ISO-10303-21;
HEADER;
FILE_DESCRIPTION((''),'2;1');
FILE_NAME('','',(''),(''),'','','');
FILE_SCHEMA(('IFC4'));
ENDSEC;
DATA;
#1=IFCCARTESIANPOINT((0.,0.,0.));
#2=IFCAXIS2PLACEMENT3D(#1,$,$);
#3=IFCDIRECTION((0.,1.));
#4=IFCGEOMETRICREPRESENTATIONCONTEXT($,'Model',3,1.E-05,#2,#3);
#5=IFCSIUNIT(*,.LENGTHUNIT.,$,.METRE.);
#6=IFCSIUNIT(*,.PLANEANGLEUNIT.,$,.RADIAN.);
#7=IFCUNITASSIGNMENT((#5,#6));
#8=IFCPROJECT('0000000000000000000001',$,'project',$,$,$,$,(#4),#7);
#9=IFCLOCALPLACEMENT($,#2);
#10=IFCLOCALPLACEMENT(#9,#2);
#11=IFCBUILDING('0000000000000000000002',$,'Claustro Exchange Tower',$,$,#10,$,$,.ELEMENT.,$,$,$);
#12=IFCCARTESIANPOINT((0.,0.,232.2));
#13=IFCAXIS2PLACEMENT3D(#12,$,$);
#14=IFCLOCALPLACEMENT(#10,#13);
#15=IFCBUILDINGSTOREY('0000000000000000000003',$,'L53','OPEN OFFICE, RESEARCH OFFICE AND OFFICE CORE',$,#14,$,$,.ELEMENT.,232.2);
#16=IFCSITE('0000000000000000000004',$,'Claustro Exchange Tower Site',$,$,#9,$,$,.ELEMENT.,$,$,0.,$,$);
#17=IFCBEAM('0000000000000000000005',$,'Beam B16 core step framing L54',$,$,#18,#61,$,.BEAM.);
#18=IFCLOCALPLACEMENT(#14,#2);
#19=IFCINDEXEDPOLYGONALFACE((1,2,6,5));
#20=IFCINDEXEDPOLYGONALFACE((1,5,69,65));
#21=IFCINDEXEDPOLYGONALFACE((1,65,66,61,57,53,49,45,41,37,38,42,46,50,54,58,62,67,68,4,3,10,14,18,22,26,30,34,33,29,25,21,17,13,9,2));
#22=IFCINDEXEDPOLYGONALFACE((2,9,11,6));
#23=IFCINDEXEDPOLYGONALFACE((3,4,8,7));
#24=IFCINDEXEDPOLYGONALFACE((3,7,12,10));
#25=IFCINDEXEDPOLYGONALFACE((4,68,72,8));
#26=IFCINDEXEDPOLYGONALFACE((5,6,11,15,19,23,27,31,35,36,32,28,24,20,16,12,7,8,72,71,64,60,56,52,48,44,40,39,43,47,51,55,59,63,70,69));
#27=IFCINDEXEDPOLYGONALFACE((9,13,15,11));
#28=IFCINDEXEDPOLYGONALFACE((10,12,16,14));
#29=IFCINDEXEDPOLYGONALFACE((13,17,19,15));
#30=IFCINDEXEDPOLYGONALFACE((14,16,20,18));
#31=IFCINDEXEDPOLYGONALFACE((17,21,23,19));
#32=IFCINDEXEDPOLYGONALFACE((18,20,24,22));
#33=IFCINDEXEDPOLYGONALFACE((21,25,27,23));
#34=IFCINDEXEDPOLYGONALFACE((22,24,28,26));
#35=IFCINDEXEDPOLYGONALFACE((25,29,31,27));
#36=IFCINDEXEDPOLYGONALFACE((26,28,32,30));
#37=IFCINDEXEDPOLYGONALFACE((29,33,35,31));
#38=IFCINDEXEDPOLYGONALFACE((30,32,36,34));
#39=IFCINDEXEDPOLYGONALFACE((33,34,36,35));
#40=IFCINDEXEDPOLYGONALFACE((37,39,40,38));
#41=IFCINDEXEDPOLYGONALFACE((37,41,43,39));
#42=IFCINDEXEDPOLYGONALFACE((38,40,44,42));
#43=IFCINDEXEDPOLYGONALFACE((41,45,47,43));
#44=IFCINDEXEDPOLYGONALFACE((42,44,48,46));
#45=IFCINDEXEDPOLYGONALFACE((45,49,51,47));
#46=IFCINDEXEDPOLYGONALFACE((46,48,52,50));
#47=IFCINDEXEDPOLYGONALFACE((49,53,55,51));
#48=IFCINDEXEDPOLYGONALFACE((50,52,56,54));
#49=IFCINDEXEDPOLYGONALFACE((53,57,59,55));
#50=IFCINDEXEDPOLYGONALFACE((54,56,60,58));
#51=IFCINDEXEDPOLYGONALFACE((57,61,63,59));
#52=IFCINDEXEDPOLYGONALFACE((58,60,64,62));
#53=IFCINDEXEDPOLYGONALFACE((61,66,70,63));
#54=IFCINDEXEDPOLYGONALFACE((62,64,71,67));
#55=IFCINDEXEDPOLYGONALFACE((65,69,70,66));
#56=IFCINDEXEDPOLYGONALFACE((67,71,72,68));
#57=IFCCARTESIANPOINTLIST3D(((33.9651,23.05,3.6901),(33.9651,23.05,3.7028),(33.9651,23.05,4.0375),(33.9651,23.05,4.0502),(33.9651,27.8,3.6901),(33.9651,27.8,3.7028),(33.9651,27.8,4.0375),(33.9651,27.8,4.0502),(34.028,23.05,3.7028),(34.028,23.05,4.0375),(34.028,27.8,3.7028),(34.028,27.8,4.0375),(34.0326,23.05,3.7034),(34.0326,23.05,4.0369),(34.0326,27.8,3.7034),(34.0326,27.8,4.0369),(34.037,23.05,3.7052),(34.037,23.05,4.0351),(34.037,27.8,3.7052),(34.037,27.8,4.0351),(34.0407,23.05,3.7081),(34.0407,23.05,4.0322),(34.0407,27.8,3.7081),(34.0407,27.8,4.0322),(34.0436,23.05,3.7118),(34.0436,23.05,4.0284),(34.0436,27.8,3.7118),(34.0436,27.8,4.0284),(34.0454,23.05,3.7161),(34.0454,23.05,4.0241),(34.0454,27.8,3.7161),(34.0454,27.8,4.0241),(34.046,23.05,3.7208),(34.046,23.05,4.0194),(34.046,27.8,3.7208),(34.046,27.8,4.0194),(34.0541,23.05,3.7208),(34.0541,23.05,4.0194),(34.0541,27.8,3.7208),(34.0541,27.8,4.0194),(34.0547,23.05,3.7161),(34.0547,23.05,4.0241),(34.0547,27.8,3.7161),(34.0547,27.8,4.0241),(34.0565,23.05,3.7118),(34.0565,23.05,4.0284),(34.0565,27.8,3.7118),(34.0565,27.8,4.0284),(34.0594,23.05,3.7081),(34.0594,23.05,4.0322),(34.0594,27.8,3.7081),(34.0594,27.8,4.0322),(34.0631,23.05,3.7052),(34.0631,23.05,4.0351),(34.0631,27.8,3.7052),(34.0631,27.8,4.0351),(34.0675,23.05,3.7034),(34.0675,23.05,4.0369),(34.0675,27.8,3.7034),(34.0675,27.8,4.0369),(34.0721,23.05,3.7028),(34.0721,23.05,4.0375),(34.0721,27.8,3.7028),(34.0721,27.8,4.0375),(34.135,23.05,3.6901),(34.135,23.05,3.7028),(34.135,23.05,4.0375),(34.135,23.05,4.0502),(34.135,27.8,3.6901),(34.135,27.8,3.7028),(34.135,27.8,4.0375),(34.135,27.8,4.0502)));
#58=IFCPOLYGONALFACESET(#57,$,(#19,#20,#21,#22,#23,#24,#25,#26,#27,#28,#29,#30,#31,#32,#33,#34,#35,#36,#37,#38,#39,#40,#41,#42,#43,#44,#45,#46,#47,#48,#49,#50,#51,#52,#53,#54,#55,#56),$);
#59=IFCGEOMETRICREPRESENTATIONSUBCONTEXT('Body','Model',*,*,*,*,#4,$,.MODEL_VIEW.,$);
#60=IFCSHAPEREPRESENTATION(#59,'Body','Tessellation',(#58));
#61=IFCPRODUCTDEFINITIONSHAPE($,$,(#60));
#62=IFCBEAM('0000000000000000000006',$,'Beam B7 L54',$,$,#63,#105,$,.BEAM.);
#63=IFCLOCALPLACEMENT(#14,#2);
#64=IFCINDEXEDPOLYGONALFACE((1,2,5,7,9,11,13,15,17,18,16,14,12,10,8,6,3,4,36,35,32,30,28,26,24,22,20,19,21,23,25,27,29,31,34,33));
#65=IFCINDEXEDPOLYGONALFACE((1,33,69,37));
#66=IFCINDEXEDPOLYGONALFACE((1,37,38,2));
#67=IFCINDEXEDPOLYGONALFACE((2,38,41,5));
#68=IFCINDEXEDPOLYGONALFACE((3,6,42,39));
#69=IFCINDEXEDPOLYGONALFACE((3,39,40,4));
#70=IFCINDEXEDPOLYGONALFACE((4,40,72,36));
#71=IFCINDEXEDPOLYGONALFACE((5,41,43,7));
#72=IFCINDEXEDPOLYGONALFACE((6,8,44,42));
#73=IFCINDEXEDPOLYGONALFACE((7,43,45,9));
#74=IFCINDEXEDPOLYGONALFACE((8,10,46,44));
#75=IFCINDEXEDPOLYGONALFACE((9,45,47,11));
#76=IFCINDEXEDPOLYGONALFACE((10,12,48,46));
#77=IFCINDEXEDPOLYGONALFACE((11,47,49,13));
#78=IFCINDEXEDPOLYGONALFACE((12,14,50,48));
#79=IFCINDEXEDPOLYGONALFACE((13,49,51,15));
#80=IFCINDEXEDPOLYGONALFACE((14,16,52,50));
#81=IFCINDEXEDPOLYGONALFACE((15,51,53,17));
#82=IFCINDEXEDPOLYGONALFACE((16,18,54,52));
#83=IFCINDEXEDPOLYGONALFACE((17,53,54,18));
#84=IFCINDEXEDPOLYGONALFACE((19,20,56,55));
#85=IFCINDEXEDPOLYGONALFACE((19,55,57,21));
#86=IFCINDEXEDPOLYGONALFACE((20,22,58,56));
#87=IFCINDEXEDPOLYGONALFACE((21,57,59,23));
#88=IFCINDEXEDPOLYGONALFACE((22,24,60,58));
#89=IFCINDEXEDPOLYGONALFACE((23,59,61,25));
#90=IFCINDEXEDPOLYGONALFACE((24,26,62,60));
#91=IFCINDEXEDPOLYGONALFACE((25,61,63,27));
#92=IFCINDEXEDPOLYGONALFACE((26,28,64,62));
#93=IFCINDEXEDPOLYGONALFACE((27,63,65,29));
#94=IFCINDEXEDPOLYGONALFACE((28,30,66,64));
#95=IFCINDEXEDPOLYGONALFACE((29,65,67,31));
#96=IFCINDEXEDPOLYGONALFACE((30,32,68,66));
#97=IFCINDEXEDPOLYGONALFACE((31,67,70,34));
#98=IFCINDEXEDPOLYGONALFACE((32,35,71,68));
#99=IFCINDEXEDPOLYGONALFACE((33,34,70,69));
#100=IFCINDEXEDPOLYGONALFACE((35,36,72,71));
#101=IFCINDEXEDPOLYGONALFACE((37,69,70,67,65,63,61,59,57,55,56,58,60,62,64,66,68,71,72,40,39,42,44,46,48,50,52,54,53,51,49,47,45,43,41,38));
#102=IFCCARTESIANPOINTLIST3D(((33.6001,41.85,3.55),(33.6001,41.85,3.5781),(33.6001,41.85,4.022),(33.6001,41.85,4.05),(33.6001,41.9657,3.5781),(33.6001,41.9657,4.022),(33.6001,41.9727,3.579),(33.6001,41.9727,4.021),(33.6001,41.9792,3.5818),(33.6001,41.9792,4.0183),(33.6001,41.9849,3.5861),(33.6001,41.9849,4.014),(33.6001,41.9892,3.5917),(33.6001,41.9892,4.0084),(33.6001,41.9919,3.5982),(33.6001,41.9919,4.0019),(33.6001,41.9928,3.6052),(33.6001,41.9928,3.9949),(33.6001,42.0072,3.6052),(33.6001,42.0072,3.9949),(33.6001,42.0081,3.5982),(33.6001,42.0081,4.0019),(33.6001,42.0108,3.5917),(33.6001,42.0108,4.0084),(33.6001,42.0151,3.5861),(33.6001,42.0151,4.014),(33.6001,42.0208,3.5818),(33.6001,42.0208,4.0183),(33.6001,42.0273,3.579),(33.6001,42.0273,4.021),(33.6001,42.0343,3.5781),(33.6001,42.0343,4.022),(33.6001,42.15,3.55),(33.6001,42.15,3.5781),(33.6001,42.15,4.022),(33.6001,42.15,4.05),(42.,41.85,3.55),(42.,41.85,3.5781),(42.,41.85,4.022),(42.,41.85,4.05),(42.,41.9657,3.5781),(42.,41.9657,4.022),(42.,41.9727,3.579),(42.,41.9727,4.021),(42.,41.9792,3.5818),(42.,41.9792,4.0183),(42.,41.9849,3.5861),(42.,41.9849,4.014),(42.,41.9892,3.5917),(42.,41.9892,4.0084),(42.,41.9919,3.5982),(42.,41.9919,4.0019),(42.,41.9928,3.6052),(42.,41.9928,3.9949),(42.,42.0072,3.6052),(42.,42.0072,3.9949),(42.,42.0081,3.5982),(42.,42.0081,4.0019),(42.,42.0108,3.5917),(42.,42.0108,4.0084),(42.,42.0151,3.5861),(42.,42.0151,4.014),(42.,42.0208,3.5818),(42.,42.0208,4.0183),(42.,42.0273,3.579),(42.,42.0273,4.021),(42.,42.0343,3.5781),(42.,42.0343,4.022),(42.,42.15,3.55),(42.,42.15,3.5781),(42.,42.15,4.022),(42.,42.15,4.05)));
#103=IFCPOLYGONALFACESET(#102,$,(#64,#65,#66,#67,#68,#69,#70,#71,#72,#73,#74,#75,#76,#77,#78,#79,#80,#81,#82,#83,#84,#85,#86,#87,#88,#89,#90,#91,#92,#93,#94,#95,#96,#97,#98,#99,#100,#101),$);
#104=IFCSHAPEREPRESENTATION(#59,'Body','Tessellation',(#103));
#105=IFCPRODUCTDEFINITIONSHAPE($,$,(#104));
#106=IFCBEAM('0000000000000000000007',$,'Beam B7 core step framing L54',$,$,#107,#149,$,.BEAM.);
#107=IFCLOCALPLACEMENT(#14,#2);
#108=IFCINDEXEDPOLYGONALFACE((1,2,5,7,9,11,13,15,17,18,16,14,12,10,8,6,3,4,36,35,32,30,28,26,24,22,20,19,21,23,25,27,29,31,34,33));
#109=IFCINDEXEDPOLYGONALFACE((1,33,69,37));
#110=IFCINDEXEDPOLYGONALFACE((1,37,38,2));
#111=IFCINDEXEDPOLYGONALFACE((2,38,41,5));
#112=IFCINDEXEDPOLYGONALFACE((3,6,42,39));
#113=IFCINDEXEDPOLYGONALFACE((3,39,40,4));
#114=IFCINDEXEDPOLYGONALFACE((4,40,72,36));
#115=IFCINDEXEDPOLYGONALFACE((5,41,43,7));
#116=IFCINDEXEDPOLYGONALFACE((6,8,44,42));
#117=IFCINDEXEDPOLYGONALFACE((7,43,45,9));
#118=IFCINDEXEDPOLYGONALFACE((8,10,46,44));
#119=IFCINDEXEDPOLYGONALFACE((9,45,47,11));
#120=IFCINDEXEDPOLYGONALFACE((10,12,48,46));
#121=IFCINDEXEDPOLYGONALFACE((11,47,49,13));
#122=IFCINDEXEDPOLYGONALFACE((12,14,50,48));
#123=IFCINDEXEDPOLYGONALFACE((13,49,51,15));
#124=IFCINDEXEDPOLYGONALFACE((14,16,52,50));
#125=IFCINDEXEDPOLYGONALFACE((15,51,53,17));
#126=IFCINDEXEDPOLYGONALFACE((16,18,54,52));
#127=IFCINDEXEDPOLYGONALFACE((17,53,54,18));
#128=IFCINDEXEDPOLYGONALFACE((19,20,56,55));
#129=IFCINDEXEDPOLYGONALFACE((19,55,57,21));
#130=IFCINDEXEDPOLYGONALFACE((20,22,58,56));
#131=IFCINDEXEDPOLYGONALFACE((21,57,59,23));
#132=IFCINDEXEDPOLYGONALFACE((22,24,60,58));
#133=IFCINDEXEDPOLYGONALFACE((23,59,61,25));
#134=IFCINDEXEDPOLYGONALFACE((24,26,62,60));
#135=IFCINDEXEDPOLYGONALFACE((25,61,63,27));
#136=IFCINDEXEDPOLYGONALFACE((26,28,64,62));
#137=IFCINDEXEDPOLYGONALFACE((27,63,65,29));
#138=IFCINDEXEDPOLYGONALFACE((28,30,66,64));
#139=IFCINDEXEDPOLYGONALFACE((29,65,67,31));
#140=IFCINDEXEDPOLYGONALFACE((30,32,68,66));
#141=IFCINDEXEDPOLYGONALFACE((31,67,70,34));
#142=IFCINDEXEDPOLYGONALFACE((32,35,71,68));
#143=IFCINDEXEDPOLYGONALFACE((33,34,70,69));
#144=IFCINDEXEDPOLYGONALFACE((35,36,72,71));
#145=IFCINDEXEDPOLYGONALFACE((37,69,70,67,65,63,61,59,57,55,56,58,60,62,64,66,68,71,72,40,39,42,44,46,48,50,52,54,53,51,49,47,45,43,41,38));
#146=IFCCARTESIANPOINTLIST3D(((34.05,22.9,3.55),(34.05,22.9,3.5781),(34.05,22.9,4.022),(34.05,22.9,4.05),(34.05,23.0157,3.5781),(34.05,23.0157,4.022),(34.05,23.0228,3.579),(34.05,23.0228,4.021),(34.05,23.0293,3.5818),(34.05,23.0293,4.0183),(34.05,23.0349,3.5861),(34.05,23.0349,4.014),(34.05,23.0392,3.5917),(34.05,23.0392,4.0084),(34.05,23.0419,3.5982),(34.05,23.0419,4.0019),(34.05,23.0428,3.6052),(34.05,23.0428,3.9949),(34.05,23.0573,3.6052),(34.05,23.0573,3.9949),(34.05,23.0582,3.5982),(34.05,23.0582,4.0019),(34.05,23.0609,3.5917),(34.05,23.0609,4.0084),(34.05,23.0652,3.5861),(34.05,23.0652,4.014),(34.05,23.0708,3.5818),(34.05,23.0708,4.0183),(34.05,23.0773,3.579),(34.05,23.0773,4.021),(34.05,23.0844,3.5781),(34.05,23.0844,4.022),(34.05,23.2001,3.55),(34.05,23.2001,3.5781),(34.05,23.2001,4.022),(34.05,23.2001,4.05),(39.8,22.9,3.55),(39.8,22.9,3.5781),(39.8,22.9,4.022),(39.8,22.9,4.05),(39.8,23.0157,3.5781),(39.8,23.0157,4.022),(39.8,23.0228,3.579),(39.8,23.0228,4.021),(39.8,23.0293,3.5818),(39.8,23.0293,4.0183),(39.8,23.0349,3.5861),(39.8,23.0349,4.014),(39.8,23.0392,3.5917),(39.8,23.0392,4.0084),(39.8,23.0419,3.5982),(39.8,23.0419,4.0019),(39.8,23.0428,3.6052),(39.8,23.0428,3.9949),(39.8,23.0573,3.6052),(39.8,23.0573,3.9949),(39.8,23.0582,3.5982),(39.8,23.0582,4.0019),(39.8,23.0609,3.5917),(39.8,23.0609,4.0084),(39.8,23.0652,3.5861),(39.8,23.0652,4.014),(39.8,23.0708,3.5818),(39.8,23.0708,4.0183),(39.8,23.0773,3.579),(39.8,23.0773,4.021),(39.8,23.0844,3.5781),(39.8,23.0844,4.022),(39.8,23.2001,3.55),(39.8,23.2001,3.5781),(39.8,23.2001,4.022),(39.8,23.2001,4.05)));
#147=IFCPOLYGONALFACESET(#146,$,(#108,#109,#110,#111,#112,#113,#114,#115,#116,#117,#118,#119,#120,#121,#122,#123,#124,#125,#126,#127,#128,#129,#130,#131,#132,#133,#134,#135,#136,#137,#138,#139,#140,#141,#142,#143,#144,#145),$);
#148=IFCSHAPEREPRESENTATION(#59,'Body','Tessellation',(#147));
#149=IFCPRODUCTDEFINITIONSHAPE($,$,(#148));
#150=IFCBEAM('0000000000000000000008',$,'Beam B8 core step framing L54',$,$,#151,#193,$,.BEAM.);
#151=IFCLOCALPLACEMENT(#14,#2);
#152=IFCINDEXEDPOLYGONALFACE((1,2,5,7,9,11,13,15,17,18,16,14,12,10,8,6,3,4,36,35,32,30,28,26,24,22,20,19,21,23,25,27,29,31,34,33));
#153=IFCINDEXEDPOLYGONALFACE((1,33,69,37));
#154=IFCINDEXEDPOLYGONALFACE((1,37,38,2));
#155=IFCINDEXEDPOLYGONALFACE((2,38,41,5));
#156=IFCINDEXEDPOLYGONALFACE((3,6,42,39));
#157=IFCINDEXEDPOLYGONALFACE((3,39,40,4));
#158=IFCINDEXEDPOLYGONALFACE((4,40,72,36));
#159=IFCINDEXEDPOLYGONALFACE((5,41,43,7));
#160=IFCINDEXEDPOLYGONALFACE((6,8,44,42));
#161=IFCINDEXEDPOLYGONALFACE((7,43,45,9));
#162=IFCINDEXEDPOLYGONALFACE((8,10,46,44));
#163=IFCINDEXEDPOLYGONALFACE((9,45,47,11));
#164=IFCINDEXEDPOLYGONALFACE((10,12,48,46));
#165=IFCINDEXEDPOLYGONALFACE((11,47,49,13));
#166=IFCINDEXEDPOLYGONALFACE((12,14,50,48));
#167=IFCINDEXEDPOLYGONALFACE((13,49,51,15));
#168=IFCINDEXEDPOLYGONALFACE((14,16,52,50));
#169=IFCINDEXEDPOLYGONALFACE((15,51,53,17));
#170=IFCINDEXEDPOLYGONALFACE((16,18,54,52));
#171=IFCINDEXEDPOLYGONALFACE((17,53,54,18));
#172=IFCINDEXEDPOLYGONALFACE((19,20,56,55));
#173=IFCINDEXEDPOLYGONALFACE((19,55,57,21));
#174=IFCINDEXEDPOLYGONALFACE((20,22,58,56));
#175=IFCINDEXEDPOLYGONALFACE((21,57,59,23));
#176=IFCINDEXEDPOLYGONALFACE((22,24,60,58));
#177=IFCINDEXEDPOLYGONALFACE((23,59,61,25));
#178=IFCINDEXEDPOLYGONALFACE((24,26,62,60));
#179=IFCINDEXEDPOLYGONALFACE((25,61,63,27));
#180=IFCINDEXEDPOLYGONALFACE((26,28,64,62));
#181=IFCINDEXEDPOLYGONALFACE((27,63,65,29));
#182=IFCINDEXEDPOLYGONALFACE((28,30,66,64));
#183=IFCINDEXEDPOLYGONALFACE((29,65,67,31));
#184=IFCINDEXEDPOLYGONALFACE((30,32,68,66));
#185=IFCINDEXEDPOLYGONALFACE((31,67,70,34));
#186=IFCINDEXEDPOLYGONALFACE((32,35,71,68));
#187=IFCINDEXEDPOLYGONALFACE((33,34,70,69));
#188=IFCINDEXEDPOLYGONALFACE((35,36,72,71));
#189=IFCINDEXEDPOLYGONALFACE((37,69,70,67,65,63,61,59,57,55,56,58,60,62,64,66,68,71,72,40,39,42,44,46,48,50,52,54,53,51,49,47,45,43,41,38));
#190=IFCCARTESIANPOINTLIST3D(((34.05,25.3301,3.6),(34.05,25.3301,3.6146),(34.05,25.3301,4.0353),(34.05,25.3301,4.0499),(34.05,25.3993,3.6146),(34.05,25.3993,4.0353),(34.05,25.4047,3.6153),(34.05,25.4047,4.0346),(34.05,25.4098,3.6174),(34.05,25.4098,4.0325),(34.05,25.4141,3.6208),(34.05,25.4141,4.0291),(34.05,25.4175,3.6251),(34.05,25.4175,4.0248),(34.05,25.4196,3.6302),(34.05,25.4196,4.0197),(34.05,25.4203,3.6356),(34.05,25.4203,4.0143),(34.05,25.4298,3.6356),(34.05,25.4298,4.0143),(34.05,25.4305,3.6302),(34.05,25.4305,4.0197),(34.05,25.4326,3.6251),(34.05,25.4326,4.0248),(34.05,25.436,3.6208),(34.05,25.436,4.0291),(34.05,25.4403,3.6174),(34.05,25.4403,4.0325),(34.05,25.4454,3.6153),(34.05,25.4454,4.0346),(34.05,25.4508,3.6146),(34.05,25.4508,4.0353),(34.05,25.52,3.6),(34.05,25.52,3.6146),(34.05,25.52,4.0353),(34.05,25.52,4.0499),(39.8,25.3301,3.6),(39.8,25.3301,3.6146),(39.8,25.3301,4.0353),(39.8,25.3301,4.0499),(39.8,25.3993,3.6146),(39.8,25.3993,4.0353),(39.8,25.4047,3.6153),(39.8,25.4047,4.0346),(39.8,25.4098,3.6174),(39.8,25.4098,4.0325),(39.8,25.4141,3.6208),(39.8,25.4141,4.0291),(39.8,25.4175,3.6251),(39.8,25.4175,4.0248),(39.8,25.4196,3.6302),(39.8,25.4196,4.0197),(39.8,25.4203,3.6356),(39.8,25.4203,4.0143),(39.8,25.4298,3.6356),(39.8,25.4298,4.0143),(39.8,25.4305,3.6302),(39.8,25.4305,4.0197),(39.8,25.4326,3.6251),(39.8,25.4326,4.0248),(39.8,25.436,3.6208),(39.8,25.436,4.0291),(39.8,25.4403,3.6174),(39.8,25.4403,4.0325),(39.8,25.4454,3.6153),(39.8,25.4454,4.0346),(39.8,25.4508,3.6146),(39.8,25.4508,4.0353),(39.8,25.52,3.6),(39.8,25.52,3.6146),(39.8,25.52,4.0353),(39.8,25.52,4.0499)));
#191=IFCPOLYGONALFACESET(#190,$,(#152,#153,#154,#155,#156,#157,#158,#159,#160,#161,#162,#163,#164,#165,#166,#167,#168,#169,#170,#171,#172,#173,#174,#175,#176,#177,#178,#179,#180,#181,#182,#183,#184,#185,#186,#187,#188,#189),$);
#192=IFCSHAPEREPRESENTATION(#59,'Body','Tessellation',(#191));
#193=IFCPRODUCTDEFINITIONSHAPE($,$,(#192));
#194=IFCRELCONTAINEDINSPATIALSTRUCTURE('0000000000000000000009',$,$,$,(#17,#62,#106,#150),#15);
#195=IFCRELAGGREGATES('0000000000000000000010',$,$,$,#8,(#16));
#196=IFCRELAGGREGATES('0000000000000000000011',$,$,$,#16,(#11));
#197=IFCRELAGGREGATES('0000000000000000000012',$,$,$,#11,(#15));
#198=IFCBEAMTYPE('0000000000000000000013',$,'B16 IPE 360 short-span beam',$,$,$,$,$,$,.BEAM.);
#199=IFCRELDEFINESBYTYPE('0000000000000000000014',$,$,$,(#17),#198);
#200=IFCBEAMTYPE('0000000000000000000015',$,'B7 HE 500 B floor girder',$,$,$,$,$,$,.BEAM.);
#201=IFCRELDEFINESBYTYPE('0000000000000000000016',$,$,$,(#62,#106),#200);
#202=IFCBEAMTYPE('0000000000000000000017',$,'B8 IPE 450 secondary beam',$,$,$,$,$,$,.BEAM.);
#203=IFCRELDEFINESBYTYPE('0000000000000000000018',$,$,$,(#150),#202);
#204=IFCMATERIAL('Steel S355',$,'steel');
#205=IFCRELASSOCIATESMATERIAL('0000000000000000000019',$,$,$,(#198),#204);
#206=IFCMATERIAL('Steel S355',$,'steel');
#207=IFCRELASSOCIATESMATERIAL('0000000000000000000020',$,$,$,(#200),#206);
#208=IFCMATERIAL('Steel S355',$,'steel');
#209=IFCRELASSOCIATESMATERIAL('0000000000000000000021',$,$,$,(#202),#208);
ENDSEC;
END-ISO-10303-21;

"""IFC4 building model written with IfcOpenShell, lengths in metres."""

from ifc_helpers import new_model, si_unit, direction, frame, origin, origin_2d, place, context, subcontext, project, spatial, i_section, extrude, material, material_profile, profile_set, type_object, element, save


model = new_model("IFC4")

# Units and contexts
model_context = context("Model", 3, precision=1e-05, world=origin(), true_north=direction((0.0, 1.0)))
body_context = subcontext(model_context, "Body", "Model", "MODEL_VIEW")
ifc_project = project(units=[si_unit("LENGTHUNIT", "METRE"), si_unit("PLANEANGLEUNIT", "RADIAN")], contexts=[model_context])

# Site, building, storey
site_placement = place(None, origin())
site = spatial("IfcSite", under=ifc_project, at=site_placement, Name="Claustro Exchange Tower Site", CompositionType="ELEMENT", RefElevation=0.0)
building_placement = place(site_placement, origin())
building = spatial("IfcBuilding", under=site, at=building_placement, Name="Claustro Exchange Tower", CompositionType="ELEMENT")
storey_placement = place(building_placement, frame((0.0, 0.0, 232.2)))
storey = spatial("IfcBuildingStorey", under=building, at=storey_placement, Name="L53", Description="OPEN OFFICE, RESEARCH OFFICE AND OFFICE CORE", CompositionType="ELEMENT", Elevation=232.2)

# Beams
ifc_material_1 = material(Name="Steel S355", Category="steel")
ifc_material_profile_1 = material_profile(ifc_material_1, i_section(OverallWidth=0.1699, OverallDepth=0.3601, WebThickness=0.0081, FlangeThickness=0.0127, FilletRadius=0.0181, at=origin_2d()), Name="IPE 360")
ifc_profile_set_1 = profile_set([ifc_material_profile_1], Name="Steel S355")
beam_type_1 = type_object("IfcBeamType", Name="B16 IPE 360 short-span beam", PredefinedType="BEAM", material=ifc_profile_set_1)
beam_1_placement = place(storey_placement, frame((34.05, 23.05, 3.8701), z_axis=(0.0, 1.0, 0.0), x_axis=(-1.0, 0.0, 0.0)))
element("IfcBeam", 1, at=beam_1_placement, inside=storey, type_object=beam_type_1, Name="Beam B16 core step framing L54", PredefinedType="BEAM", context=body_context, shape_type="SweptSolid", body=[
    extrude(i_section(OverallWidth=0.1699, OverallDepth=0.3601, WebThickness=0.0081, FlangeThickness=0.0127, FilletRadius=0.0181, at=origin_2d()), origin(), (0.0, 0.0, 1.0), 4.75),
])
ifc_material_2 = material(Name="Steel S355", Category="steel")
ifc_material_profile_2 = material_profile(ifc_material_2, i_section(OverallWidth=0.3, OverallDepth=0.5, WebThickness=0.0144, FlangeThickness=0.0281, FilletRadius=0.0271, at=origin_2d()), Name="HE 500 B")
ifc_profile_set_2 = profile_set([ifc_material_profile_2], Name="Steel S355")
beam_type_2 = type_object("IfcBeamType", Name="B7 HE 500 B floor girder", PredefinedType="BEAM", material=ifc_profile_set_2)
beam_2_placement = place(storey_placement, frame((33.6001, 42.0, 3.8), z_axis=(1.0, 0.0, 0.0), x_axis=(0.0, 1.0, 0.0)))
element("IfcBeam", 2, at=beam_2_placement, inside=storey, type_object=beam_type_2, Name="Beam B7 L54", PredefinedType="BEAM", context=body_context, shape_type="SweptSolid", body=[
    extrude(i_section(OverallWidth=0.3, OverallDepth=0.5, WebThickness=0.0144, FlangeThickness=0.0281, FilletRadius=0.0271, at=origin_2d()), origin(), (0.0, 0.0, 1.0), 8.3999),
])
beam_3_placement = place(storey_placement, frame((34.05, 23.05, 3.8), z_axis=(1.0, 0.0, 0.0), x_axis=(0.0, 1.0, 0.0)))
element("IfcBeam", 3, at=beam_3_placement, inside=storey, type_object=beam_type_2, Name="Beam B7 core step framing L54", PredefinedType="BEAM", context=body_context, shape_type="SweptSolid", body=[
    extrude(i_section(OverallWidth=0.3, OverallDepth=0.5, WebThickness=0.0144, FlangeThickness=0.0281, FilletRadius=0.0271, at=origin_2d()), origin(), (0.0, 0.0, 1.0), 5.75),
])
ifc_material_3 = material(Name="Steel S355", Category="steel")
ifc_material_profile_3 = material_profile(ifc_material_3, i_section(OverallWidth=0.1899, OverallDepth=0.45, WebThickness=0.0095, FlangeThickness=0.0146, FilletRadius=0.021, at=origin_2d()), Name="IPE 450")
ifc_profile_set_3 = profile_set([ifc_material_profile_3], Name="Steel S355")
beam_type_3 = type_object("IfcBeamType", Name="B8 IPE 450 secondary beam", PredefinedType="BEAM", material=ifc_profile_set_3)
beam_4_placement = place(storey_placement, frame((34.05, 25.425, 3.825), z_axis=(1.0, 0.0, 0.0), x_axis=(0.0, 1.0, 0.0)))
element("IfcBeam", 4, at=beam_4_placement, inside=storey, type_object=beam_type_3, Name="Beam B8 core step framing L54", PredefinedType="BEAM", context=body_context, shape_type="SweptSolid", body=[
    extrude(i_section(OverallWidth=0.1899, OverallDepth=0.45, WebThickness=0.0095, FlangeThickness=0.0146, FilletRadius=0.021, at=origin_2d()), origin(), (0.0, 0.0, 1.0), 5.75),
])

save(model, "model.ifc")
